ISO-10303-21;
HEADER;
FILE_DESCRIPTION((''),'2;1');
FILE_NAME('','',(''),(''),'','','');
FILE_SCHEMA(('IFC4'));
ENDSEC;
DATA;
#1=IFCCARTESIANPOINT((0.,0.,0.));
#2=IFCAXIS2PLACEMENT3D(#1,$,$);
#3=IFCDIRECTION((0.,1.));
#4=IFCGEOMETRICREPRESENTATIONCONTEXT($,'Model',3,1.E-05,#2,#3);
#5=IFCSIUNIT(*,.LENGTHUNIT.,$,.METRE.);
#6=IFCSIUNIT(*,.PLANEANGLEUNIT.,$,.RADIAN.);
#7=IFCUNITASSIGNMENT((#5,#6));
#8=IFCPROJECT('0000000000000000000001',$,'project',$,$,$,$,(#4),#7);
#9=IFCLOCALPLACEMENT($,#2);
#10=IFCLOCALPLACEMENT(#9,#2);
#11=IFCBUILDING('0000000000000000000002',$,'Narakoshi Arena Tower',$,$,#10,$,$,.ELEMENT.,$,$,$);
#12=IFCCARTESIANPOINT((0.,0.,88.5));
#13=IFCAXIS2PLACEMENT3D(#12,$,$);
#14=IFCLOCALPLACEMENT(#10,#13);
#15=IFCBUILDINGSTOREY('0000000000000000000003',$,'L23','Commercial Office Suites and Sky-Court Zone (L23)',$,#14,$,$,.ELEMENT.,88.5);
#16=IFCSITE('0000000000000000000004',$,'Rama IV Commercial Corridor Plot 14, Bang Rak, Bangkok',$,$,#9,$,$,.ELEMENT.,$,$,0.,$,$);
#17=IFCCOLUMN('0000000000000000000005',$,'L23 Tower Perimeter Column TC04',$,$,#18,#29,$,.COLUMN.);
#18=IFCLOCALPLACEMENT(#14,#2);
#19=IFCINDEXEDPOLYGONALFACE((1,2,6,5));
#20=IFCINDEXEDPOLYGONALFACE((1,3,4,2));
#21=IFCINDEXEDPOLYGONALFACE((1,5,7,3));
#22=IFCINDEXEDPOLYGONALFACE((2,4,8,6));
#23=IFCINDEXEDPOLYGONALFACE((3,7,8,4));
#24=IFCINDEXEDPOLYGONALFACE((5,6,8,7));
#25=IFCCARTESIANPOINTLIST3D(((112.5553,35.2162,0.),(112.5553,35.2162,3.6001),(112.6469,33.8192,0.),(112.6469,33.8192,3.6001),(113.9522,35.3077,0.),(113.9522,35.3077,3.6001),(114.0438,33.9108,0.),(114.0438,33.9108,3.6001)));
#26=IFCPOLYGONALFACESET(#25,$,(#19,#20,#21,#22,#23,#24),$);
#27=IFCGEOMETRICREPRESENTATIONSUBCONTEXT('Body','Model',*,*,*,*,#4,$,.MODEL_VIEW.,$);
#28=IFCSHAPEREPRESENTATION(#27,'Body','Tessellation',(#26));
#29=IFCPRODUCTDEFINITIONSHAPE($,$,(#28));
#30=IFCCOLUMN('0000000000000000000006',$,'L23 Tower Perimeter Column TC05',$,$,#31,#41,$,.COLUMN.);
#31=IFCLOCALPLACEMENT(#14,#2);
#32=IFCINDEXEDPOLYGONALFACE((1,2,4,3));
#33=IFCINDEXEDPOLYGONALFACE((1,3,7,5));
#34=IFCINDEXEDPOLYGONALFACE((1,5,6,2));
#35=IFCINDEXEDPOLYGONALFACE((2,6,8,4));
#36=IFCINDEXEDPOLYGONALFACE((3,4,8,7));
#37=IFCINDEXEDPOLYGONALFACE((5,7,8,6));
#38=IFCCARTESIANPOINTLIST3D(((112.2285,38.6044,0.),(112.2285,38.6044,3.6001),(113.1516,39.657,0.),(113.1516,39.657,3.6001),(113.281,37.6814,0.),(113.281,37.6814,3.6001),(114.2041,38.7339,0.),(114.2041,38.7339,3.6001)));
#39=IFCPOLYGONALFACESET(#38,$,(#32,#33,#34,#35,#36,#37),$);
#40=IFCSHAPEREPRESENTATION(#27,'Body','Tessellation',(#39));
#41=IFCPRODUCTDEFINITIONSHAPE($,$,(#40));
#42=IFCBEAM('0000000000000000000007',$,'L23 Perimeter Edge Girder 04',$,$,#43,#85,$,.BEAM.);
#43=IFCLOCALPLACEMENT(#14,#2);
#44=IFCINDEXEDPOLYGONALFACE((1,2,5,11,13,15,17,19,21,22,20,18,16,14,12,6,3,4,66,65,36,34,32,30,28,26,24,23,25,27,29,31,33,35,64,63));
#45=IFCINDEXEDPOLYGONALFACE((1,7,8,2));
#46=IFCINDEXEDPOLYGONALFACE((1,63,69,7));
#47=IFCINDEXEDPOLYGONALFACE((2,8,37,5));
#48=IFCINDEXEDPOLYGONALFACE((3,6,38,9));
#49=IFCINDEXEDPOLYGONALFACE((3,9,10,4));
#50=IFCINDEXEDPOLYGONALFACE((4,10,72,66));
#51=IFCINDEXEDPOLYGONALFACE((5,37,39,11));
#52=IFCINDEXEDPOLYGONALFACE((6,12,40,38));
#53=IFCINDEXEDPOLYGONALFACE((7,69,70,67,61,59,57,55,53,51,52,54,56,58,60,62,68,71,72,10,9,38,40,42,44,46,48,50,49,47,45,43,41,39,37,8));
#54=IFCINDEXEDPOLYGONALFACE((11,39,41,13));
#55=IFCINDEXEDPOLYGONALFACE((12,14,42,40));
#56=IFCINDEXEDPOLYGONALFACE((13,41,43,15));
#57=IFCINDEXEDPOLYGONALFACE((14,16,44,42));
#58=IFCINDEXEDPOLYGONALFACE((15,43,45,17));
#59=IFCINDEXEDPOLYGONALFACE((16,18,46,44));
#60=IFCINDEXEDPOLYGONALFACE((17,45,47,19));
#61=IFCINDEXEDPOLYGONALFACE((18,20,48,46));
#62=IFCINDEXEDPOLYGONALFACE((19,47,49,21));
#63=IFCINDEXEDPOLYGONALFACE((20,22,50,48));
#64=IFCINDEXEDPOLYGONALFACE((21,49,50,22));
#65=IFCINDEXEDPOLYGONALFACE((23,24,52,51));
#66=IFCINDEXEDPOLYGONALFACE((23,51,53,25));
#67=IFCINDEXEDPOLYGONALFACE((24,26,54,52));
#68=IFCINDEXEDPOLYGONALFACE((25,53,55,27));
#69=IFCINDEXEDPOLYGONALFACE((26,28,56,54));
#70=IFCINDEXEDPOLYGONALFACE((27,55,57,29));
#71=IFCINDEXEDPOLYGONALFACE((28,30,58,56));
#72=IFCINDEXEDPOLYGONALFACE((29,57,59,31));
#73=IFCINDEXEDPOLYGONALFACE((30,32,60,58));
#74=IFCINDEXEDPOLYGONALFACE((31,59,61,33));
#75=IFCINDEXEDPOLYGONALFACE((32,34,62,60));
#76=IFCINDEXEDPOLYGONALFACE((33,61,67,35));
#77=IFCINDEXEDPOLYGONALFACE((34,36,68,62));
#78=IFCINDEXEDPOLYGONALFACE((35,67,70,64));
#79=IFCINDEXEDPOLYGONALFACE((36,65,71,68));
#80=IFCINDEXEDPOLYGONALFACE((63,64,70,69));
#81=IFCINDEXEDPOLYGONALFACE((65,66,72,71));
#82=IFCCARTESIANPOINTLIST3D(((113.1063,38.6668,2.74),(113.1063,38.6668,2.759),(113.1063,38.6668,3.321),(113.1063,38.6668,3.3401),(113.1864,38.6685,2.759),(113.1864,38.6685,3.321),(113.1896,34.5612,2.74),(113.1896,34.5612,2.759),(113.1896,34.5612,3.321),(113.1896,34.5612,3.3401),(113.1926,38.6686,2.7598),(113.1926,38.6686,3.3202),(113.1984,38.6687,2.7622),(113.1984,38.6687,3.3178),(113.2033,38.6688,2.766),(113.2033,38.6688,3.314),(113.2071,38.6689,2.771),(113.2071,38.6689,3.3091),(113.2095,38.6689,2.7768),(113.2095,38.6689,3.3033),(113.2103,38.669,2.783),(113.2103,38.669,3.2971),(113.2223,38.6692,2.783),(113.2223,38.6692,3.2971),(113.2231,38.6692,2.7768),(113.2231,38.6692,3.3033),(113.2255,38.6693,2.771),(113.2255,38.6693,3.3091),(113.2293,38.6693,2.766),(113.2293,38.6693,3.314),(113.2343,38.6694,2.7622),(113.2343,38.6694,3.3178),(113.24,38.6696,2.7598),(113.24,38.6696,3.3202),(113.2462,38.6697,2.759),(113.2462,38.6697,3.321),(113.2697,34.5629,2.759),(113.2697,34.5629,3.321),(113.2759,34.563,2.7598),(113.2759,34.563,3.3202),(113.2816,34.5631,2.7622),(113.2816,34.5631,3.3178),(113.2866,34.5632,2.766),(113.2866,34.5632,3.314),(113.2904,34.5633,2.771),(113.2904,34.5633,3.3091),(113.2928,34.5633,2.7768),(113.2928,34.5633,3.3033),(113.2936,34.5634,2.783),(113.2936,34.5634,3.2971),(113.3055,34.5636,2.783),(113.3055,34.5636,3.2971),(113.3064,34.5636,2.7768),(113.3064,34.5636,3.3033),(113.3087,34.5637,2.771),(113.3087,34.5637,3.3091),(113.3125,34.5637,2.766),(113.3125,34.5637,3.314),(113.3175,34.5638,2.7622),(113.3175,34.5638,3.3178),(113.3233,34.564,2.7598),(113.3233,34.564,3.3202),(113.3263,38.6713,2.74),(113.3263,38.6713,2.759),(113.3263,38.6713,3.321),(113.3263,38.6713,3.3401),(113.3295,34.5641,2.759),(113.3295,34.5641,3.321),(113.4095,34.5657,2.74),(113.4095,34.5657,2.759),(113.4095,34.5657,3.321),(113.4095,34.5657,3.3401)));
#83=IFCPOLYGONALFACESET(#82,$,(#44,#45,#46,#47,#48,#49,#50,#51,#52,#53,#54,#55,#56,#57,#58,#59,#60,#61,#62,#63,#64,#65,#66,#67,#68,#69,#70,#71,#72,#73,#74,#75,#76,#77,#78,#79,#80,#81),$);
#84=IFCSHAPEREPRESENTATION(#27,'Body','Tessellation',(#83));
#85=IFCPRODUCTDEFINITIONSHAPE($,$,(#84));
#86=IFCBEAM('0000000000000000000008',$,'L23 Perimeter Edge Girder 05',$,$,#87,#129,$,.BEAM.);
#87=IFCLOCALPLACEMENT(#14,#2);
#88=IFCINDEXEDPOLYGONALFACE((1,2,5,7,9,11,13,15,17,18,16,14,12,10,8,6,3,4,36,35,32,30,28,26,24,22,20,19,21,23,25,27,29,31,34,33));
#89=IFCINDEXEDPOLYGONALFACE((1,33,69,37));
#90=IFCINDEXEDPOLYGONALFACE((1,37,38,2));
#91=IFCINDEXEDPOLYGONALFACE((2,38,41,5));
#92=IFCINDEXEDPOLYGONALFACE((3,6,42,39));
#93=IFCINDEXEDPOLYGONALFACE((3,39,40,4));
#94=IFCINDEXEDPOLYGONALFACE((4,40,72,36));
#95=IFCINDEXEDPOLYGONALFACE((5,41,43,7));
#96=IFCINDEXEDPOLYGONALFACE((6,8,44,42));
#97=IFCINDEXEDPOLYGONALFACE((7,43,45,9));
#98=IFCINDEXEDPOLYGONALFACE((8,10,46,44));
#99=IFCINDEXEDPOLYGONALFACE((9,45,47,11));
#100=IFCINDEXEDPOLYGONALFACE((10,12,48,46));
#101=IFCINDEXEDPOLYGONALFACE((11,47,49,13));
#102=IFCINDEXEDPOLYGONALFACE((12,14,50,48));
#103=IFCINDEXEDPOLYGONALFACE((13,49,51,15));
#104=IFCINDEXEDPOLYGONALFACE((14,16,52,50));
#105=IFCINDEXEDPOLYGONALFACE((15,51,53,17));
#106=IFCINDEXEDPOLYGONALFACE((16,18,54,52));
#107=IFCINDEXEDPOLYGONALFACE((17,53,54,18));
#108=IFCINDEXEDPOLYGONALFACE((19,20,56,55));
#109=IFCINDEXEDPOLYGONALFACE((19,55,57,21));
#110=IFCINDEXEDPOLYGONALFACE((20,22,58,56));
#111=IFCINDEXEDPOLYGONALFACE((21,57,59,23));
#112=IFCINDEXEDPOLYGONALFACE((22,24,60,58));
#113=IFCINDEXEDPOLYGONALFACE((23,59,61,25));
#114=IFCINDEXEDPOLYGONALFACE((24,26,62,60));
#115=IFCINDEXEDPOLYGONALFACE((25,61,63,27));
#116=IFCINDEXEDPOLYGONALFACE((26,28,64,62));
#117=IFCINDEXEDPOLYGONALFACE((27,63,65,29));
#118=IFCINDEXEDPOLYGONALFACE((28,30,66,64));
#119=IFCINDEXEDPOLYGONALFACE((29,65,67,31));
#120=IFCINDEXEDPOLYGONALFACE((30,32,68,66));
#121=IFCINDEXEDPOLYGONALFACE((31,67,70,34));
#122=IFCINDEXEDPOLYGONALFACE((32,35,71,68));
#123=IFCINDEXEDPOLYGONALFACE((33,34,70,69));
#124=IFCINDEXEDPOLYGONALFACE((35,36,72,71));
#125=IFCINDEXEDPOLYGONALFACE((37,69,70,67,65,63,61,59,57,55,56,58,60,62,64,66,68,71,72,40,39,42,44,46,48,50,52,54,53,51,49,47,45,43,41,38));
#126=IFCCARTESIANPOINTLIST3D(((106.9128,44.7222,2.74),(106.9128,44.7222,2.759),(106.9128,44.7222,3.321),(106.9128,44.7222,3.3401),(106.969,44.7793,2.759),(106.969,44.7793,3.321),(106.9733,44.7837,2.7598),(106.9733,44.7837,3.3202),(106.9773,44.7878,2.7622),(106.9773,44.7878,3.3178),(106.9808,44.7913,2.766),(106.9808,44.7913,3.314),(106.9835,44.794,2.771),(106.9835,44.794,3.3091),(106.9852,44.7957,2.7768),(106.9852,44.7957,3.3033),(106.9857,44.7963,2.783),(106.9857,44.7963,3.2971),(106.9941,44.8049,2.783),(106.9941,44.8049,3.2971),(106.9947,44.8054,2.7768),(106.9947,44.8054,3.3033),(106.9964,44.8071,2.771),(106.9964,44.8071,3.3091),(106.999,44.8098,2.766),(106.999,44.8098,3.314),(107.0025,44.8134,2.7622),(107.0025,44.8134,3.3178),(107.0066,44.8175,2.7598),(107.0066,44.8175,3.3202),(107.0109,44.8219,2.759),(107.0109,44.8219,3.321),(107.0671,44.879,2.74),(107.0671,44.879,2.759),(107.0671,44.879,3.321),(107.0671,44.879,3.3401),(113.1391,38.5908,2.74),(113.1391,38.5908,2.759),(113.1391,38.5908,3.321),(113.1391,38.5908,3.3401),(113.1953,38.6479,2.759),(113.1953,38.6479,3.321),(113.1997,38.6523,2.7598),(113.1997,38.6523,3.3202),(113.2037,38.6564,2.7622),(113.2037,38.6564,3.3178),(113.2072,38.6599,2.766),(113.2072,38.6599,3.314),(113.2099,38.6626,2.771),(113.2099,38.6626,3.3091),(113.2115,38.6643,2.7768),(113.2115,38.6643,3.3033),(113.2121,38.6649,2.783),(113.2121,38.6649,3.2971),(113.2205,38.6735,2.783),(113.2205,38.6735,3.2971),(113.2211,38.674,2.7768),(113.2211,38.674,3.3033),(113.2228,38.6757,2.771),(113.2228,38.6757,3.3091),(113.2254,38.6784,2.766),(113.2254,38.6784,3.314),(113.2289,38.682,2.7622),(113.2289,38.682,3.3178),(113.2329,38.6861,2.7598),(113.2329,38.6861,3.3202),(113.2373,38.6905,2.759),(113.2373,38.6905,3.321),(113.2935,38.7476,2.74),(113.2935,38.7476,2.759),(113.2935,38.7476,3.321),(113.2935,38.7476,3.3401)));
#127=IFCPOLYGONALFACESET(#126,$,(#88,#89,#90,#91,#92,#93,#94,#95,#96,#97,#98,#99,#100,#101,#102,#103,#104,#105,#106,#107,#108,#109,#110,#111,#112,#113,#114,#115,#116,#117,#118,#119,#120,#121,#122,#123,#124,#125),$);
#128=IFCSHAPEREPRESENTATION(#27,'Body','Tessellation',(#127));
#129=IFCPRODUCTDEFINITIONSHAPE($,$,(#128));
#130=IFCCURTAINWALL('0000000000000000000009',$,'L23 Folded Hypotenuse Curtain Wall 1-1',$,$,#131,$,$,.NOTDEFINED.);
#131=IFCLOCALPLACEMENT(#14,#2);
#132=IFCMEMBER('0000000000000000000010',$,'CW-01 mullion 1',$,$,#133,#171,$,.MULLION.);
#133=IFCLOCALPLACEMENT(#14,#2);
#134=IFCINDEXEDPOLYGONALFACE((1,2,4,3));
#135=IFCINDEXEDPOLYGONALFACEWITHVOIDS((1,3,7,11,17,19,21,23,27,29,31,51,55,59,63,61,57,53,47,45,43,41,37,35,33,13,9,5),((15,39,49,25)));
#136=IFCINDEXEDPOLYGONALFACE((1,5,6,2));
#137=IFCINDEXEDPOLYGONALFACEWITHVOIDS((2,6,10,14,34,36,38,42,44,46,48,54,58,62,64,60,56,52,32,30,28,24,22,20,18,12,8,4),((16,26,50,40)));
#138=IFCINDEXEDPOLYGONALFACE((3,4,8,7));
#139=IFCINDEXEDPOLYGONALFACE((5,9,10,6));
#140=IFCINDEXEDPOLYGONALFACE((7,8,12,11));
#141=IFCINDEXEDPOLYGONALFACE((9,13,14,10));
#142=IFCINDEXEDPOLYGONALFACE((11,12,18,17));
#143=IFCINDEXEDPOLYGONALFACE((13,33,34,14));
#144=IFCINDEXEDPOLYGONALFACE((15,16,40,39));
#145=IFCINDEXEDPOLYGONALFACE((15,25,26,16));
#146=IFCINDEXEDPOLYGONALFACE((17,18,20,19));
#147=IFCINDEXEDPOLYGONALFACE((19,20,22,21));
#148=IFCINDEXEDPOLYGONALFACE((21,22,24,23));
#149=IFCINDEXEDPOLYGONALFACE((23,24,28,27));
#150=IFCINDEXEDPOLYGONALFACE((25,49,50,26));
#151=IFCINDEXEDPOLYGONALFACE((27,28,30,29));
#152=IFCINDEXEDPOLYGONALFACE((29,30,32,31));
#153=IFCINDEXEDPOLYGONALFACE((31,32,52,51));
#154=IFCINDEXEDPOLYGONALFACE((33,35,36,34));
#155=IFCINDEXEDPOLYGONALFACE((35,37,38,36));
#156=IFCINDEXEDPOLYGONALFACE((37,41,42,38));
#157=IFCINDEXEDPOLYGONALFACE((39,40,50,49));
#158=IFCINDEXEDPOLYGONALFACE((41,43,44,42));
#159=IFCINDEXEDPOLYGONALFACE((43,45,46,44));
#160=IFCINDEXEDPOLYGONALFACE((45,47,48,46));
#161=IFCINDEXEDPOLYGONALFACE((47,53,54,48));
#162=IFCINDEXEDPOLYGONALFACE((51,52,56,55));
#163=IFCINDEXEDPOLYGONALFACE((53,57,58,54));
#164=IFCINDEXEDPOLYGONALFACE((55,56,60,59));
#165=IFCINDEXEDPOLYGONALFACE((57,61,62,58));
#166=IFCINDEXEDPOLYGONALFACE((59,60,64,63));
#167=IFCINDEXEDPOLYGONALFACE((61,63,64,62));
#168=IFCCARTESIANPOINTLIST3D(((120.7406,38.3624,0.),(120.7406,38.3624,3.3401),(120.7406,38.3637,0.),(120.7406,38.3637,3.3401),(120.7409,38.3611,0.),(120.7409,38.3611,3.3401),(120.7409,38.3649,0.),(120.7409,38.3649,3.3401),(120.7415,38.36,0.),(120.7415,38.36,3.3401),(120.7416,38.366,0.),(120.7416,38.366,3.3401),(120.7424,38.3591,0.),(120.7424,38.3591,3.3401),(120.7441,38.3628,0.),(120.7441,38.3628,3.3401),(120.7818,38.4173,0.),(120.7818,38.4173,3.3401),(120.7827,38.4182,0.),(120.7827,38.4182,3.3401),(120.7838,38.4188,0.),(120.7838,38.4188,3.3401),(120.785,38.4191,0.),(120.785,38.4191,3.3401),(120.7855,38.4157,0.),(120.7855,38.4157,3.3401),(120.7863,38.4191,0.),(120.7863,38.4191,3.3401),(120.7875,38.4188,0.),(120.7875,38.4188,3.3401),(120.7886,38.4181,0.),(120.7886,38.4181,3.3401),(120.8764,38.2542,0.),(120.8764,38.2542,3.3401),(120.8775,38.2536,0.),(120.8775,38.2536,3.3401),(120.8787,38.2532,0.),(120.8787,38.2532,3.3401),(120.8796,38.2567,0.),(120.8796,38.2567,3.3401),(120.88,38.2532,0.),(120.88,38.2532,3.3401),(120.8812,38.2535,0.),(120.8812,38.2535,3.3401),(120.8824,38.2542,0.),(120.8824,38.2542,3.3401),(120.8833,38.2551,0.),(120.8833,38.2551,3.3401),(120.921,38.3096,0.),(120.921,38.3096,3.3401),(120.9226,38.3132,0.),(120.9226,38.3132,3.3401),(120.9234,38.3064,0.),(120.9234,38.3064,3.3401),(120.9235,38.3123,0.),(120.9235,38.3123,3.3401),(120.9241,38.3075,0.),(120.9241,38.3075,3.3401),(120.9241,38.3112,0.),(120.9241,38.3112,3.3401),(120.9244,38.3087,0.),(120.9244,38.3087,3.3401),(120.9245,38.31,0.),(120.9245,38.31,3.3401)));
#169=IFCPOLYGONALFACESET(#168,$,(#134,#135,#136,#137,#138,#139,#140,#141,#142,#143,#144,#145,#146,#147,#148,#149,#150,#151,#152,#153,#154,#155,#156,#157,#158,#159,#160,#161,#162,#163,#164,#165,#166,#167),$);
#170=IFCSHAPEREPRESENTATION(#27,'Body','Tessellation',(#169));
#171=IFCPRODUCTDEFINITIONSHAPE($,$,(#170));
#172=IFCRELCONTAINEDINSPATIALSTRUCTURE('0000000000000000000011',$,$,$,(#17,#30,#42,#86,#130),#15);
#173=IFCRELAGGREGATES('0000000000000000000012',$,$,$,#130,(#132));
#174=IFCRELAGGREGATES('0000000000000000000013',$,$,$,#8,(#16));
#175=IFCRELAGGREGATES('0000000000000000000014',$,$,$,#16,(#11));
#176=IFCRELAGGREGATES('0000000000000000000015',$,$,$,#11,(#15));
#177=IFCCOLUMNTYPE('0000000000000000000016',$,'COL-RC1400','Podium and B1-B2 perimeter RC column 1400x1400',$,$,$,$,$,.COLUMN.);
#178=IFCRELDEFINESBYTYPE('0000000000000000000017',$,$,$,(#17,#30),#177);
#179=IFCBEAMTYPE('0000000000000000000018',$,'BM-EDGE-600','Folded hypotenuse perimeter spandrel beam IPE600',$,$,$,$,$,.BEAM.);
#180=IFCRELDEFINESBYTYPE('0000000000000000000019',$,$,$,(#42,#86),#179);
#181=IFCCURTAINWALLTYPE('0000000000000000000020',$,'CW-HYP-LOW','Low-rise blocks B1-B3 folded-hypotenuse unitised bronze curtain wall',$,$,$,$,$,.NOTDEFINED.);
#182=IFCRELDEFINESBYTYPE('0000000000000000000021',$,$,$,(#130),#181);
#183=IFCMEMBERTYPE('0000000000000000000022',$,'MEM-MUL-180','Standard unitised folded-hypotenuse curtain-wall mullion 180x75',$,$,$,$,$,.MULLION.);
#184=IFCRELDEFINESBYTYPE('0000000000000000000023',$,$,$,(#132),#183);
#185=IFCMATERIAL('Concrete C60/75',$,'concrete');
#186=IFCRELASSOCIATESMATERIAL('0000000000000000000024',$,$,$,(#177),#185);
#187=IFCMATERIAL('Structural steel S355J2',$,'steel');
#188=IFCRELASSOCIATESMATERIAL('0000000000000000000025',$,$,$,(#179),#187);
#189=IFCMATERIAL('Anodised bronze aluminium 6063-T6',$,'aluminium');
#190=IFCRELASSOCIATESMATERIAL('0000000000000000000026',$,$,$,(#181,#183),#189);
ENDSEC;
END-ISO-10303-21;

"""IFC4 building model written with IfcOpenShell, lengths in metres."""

from ifc_helpers import new_model, si_unit, direction, frame, origin, origin_2d, place, context, subcontext, project, spatial, rectangle, hollow_rectangle, i_section, extrude, material, material_profile, profile_set, type_object, element, aggregate, save


model = new_model("IFC4")

# Units and contexts
model_context = context("Model", 3, precision=1e-05, world=origin(), true_north=direction((0.0, 1.0)))
body_context = subcontext(model_context, "Body", "Model", "MODEL_VIEW")
ifc_project = project(units=[si_unit("LENGTHUNIT", "METRE"), si_unit("PLANEANGLEUNIT", "RADIAN")], contexts=[model_context])

# Site, building, storey
site_placement = place(None, origin())
site = spatial("IfcSite", under=ifc_project, at=site_placement, Name="Rama IV Commercial Corridor Plot 14, Bang Rak, Bangkok", CompositionType="ELEMENT", RefElevation=0.0)
building_placement = place(site_placement, origin())
building = spatial("IfcBuilding", under=site, at=building_placement, Name="Narakoshi Arena Tower", CompositionType="ELEMENT")
storey_placement = place(building_placement, frame((0.0, 0.0, 88.5)))
storey = spatial("IfcBuildingStorey", under=building, at=storey_placement, Name="L23", Description="Commercial Office Suites and Sky-Court Zone (L23)", CompositionType="ELEMENT", Elevation=88.5)

# Columns
ifc_material_1 = material(Name="Concrete C60/75", Category="concrete")
ifc_material_profile_1 = material_profile(ifc_material_1, rectangle(XDim=1.3999, YDim=1.3999, at=origin_2d()), Name="RC1400x1400")
ifc_profile_set_1 = profile_set([ifc_material_profile_1], Name="Concrete C60/75")
column_type = type_object("IfcColumnType", Name="COL-RC1400", Description="Podium and B1-B2 perimeter RC column 1400x1400", PredefinedType="COLUMN", material=ifc_profile_set_1)
for number, where, z_axis, x_axis, name in (
    (1, (113.2996, 34.5635, 0.0), (0.0, 0.0, 1.0), (0.997859, 0.065403, 0.0), "L23 Tower Perimeter Column TC04"),
    (2, (113.2163, 38.6692, 0.0), (0.0, 0.0, 1.0), (0.659346, 0.75184, 0.0), "L23 Tower Perimeter Column TC05"),
):
    element("IfcColumn", number, at=place(storey_placement, frame(where, z_axis=z_axis, x_axis=x_axis)), inside=storey, type_object=column_type, Name=name, PredefinedType="COLUMN", context=body_context, shape_type="SweptSolid", body=[
        extrude(rectangle(XDim=1.3999, YDim=1.3999, at=origin_2d()), origin(), (0.0, 0.0, 1.0), 3.6001),
    ])

# Beams
ifc_material_2 = material(Name="Structural steel S355J2", Category="steel")
ifc_material_profile_2 = material_profile(ifc_material_2, i_section(OverallWidth=0.22, OverallDepth=0.6001, WebThickness=0.012, FlangeThickness=0.019, FilletRadius=0.0239, at=origin_2d()), Name="IPE600")
ifc_profile_set_2 = profile_set([ifc_material_profile_2], Name="Structural steel S355J2")
beam_type = type_object("IfcBeamType", Name="BM-EDGE-600", Description="Folded hypotenuse perimeter spandrel beam IPE600", PredefinedType="BEAM", material=ifc_profile_set_2)
beam_1_placement = place(storey_placement, frame((113.2996, 34.5635, 3.04), z_axis=(-0.020273, 0.999794, 0.0), x_axis=(-0.999794, -0.020273, 0.0)))
element("IfcBeam", 3, at=beam_1_placement, inside=storey, type_object=beam_type, Name="L23 Perimeter Edge Girder 04", PredefinedType="BEAM", context=body_context, shape_type="SweptSolid", body=[
    extrude(i_section(OverallWidth=0.22, OverallDepth=0.6001, WebThickness=0.012, FlangeThickness=0.019, FilletRadius=0.0239, at=origin_2d()), origin(), (0.0, 0.0, 1.0), 4.1064),
])
beam_2_placement = place(storey_placement, frame((113.2163, 38.6692, 3.04), z_axis=(-0.71252, 0.701652, 0.0), x_axis=(-0.701652, -0.71252, 0.0)))
element("IfcBeam", 4, at=beam_2_placement, inside=storey, type_object=beam_type, Name="L23 Perimeter Edge Girder 05", PredefinedType="BEAM", context=body_context, shape_type="SweptSolid", body=[
    extrude(i_section(OverallWidth=0.22, OverallDepth=0.6001, WebThickness=0.012, FlangeThickness=0.019, FilletRadius=0.0239, at=origin_2d()), origin(), (0.0, 0.0, 1.0), 8.7385),
])

# Curtain wall, member
ifc_material_3 = material(Name="Anodised bronze aluminium 6063-T6", Category="aluminium")
curtain_wall_type = type_object("IfcCurtainWallType", Name="CW-HYP-LOW", Description="Low-rise blocks B1-B3 folded-hypotenuse unitised bronze curtain wall", PredefinedType="NOTDEFINED", material=ifc_material_3)
curtain_wall_placement = place(storey_placement, origin())
curtain_wall = element("IfcCurtainWall", 5, at=curtain_wall_placement, inside=storey, type_object=curtain_wall_type, Name="L23 Folded Hypotenuse Curtain Wall 1-1", PredefinedType="NOTDEFINED")
ifc_material_profile_3 = material_profile(ifc_material_3, hollow_rectangle(XDim=0.075, YDim=0.1799, WallThickness=0.0039, OuterFilletRadius=0.0049, at=origin_2d()), Name="MUL180x75x4")
ifc_profile_set_3 = profile_set([ifc_material_profile_3], Name="Anodised bronze aluminium 6063-T6")
member_type_1 = type_object("IfcMemberType", Name="MEM-MUL-180", Description="Standard unitised folded-hypotenuse curtain-wall mullion 180x75", PredefinedType="MULLION", material=ifc_profile_set_3)
member_1_placement = place(storey_placement, frame((120.8325, 38.3362, 0.0), z_axis=(0.0, 0.0, 1.0), x_axis=(-0.616458, -0.787388, 0.0)))
member_1 = element("IfcMember", 6, at=member_1_placement, type_object=member_type_1, Name="CW-01 mullion 1", PredefinedType="MULLION", context=body_context, shape_type="SweptSolid", body=[
    extrude(hollow_rectangle(XDim=0.075, YDim=0.1799, WallThickness=0.0039, OuterFilletRadius=0.0049, at=origin_2d()), origin(), (0.0, 0.0, 1.0), 3.3401),
])
aggregate(curtain_wall, [member_1])

save(model, "model.ifc")
